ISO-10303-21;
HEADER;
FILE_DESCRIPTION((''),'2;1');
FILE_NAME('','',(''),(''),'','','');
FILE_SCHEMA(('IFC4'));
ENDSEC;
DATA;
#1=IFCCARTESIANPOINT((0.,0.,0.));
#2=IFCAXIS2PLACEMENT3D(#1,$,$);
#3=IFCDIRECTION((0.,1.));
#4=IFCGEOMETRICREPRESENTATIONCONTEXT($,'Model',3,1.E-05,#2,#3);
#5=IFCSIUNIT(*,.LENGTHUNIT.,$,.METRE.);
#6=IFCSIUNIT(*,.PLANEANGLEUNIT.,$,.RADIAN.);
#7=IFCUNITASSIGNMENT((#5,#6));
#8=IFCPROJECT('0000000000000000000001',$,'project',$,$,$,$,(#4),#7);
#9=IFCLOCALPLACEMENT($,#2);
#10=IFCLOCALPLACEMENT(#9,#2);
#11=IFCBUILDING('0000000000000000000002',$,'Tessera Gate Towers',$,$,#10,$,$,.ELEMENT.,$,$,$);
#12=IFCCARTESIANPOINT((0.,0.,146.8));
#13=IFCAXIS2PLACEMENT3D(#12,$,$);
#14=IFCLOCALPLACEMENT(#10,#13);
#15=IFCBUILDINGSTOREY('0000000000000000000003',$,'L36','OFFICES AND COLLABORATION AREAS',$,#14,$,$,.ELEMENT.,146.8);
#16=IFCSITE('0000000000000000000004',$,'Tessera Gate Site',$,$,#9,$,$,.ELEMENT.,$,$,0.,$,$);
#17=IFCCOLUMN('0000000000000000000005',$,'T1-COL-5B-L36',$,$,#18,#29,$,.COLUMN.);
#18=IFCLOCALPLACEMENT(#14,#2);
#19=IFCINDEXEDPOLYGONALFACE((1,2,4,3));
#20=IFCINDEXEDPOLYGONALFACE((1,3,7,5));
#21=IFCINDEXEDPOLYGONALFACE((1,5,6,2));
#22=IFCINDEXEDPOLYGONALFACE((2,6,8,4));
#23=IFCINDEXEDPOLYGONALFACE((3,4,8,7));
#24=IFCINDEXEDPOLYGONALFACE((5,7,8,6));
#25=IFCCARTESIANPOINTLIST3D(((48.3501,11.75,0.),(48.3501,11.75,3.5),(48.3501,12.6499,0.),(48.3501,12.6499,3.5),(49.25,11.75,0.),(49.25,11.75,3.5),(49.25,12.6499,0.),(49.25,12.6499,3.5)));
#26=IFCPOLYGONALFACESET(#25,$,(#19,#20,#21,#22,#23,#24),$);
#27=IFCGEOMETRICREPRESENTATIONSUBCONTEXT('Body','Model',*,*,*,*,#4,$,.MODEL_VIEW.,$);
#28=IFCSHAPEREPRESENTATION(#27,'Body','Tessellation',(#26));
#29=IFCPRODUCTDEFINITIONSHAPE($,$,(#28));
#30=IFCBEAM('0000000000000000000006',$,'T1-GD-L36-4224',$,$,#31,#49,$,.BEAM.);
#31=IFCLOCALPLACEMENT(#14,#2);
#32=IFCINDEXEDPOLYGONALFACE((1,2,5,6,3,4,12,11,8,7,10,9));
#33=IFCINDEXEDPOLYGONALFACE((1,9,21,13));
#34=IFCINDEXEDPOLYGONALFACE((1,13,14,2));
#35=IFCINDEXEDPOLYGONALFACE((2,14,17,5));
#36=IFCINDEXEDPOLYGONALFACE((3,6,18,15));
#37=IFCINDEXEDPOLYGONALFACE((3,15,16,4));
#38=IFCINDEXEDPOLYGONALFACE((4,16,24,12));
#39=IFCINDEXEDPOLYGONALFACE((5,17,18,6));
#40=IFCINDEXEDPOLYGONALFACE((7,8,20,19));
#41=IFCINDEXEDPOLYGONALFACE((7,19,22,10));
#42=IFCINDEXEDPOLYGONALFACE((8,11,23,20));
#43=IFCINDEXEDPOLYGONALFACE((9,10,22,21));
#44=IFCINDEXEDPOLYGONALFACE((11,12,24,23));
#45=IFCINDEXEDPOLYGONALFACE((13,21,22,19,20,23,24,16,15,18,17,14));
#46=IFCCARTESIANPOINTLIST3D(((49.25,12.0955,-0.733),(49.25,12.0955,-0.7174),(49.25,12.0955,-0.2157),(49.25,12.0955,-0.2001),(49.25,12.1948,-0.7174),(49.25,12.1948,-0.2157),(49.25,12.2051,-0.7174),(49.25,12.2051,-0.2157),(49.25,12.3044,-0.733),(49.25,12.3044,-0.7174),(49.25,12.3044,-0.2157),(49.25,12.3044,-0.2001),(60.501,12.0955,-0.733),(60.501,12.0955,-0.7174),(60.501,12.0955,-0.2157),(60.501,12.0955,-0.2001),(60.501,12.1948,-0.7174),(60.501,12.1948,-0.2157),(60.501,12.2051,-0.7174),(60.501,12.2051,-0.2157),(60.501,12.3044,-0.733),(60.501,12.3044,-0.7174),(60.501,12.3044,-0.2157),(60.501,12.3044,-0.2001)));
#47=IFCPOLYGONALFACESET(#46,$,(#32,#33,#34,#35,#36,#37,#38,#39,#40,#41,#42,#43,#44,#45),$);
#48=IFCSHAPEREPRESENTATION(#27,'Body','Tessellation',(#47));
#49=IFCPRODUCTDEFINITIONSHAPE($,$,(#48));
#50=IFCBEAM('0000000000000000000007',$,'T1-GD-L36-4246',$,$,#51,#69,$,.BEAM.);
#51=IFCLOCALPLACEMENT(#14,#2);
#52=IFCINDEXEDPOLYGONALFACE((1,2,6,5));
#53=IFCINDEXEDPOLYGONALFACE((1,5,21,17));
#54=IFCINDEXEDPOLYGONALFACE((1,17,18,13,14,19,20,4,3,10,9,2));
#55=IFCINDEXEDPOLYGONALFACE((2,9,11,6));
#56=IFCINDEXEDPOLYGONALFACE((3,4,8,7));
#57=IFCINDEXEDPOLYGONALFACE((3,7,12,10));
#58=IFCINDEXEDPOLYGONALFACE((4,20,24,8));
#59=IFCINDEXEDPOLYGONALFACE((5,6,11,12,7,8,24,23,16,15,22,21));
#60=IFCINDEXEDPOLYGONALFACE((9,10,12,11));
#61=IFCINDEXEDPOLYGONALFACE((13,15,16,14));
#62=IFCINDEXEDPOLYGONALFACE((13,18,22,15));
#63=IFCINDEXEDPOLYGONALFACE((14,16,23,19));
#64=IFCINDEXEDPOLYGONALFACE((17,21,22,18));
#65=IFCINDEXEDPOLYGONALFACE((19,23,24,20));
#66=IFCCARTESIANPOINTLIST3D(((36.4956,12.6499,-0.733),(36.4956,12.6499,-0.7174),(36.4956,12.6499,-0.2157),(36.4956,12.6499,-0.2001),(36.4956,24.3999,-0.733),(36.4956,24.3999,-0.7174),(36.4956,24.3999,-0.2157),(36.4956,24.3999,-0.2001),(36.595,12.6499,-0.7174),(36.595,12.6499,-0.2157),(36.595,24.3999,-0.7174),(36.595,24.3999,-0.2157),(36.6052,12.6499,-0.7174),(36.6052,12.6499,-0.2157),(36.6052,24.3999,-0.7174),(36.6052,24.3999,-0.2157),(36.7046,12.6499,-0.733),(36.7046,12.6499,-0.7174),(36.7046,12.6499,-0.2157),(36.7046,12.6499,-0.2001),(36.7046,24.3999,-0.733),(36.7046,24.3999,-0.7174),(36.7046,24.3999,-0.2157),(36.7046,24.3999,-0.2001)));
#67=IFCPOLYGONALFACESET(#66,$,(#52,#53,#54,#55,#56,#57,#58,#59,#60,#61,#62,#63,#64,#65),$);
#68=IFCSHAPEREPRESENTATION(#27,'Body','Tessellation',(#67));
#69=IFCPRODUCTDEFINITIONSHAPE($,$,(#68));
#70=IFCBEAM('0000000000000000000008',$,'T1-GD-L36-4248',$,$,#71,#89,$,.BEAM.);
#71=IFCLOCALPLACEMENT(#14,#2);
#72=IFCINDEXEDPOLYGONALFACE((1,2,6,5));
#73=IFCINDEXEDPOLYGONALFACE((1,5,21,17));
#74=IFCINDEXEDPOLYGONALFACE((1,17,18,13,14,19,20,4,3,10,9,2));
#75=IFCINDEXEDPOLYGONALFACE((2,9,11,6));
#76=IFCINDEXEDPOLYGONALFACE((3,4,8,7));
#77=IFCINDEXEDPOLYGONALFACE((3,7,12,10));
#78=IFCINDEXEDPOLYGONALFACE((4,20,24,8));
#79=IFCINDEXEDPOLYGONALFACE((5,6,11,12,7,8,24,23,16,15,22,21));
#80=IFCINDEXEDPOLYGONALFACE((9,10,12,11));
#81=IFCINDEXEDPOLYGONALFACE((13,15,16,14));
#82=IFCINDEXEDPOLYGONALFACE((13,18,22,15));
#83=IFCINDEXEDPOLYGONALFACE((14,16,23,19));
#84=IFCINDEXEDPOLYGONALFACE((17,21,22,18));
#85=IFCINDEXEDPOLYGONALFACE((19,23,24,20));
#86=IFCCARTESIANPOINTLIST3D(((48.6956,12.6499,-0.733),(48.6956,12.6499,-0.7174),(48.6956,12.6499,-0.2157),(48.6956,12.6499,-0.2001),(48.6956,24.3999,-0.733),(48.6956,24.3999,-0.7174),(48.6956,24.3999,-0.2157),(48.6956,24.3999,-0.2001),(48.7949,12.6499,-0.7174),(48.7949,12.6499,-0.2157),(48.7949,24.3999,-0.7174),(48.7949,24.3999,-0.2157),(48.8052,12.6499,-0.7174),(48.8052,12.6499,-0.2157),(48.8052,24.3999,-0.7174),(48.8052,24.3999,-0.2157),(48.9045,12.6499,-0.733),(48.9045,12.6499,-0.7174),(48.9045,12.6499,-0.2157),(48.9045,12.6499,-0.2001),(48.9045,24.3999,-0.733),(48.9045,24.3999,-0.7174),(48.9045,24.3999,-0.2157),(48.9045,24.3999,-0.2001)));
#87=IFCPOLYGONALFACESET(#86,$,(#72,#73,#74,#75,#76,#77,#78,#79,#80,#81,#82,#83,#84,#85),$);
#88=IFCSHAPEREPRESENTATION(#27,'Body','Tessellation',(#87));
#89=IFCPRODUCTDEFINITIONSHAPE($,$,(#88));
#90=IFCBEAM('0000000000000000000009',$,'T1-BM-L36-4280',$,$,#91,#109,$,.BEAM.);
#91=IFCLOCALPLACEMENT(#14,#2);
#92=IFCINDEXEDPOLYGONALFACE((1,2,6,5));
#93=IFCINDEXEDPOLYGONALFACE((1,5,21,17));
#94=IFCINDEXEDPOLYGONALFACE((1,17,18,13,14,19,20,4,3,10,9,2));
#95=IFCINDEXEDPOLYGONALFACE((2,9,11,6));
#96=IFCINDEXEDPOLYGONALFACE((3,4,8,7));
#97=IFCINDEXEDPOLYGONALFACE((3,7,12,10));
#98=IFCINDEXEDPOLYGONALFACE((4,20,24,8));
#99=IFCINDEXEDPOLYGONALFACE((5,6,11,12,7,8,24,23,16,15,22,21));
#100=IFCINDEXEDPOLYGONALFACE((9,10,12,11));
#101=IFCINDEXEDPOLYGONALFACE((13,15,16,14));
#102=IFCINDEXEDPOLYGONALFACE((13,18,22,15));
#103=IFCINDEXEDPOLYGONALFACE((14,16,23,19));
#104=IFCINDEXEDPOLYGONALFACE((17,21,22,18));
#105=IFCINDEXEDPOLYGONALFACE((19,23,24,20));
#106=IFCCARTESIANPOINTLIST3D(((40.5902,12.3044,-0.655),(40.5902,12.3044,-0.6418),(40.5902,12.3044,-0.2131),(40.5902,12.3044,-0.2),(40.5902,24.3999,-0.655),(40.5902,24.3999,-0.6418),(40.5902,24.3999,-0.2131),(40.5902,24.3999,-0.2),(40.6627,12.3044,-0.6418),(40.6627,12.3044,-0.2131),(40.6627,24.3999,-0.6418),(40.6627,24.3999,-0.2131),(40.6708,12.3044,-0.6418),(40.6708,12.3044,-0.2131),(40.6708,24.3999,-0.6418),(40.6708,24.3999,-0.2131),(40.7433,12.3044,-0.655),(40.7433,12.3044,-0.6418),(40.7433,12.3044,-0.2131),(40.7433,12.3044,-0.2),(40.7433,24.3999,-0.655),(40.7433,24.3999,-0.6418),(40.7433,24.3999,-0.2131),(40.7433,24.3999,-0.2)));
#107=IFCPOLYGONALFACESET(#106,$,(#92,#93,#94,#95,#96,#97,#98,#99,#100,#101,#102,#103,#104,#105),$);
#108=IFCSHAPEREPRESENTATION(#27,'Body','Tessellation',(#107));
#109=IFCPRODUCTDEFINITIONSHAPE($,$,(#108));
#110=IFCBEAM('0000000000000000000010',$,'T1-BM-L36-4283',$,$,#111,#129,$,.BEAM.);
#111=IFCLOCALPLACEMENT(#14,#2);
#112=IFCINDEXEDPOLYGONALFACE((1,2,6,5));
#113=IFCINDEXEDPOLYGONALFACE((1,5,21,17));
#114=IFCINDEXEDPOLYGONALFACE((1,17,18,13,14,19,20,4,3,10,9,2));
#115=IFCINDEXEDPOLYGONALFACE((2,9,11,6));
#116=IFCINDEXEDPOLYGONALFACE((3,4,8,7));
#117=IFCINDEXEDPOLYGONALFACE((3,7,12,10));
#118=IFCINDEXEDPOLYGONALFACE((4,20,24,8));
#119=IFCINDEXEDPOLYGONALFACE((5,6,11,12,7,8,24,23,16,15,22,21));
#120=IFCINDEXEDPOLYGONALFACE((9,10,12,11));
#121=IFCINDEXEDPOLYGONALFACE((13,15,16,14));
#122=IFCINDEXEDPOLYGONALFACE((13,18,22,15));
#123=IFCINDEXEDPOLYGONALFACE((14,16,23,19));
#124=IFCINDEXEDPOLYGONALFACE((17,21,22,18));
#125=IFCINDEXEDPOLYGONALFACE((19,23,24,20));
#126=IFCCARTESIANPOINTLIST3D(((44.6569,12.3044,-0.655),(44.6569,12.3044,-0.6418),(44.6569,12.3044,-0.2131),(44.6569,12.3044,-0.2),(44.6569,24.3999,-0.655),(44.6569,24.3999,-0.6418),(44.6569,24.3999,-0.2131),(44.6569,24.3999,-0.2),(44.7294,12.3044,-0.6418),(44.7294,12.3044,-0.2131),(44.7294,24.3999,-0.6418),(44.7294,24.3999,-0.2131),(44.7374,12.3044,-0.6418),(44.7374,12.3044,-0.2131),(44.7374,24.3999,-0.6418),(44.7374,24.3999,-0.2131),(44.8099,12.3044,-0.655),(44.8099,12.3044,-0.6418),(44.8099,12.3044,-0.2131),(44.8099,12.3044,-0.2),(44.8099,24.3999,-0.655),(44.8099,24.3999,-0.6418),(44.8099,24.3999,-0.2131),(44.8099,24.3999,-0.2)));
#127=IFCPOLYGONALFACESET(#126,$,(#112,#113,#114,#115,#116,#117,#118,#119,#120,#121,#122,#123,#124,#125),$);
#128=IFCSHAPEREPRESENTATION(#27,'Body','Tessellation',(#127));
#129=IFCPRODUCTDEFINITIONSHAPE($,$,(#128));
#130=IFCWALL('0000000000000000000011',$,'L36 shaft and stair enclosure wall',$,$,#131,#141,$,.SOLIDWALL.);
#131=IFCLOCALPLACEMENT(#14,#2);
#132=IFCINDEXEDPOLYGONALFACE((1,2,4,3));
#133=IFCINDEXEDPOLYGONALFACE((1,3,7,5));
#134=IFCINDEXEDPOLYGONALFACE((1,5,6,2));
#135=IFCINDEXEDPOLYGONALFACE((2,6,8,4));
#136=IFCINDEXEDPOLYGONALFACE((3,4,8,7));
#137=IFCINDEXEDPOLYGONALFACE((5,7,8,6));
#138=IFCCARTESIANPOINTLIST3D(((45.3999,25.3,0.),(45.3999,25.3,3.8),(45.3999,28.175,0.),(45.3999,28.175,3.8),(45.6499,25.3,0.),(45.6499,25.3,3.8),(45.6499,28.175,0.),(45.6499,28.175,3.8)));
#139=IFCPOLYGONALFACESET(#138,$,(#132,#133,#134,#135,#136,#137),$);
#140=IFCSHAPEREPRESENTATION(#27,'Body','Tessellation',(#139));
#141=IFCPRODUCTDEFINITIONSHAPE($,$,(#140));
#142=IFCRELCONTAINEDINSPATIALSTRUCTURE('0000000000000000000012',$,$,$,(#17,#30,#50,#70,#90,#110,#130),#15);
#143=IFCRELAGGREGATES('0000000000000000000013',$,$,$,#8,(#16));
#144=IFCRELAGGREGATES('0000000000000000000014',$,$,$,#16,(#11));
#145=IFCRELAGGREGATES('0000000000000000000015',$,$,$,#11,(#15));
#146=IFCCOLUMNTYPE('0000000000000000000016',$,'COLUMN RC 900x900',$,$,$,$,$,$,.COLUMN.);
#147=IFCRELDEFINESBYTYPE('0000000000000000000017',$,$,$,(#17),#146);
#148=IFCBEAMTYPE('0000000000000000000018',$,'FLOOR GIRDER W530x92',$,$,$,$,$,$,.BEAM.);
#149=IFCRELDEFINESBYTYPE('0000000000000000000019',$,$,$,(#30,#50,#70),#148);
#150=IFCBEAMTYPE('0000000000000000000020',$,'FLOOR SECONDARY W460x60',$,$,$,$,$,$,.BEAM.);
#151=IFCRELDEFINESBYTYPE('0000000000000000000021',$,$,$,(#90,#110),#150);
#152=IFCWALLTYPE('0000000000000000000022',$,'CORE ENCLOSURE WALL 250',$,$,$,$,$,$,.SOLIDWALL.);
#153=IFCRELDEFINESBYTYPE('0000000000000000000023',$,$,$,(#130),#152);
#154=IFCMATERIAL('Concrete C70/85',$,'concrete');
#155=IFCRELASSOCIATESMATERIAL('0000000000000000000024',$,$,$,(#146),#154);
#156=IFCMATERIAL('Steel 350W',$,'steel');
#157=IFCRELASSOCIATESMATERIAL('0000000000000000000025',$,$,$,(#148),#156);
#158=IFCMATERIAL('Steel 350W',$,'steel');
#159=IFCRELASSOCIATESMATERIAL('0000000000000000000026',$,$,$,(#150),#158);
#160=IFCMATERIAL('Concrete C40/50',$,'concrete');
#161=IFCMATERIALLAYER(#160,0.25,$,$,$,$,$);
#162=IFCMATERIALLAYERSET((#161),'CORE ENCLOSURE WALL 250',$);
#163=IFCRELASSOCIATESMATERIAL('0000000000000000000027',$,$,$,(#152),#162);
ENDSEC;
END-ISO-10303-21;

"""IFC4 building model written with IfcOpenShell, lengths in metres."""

from ifc_helpers import new_model, si_unit, direction, frame, frame_2d, origin, origin_2d, place, context, subcontext, project, spatial, rectangle, i_section, extrude, material, layer, layer_set, material_profile, profile_set, type_object, element, save


model = new_model("IFC4")

# Units and contexts
model_context = context("Model", 3, precision=1e-05, world=origin(), true_north=direction((0.0, 1.0)))
body_context = subcontext(model_context, "Body", "Model", "MODEL_VIEW")
ifc_project = project(units=[si_unit("LENGTHUNIT", "METRE"), si_unit("PLANEANGLEUNIT", "RADIAN")], contexts=[model_context])

# Site, building, storey
site_placement = place(None, origin())
site = spatial("IfcSite", under=ifc_project, at=site_placement, Name="Tessera Gate Site", CompositionType="ELEMENT", RefElevation=0.0)
building_placement = place(site_placement, origin())
building = spatial("IfcBuilding", under=site, at=building_placement, Name="Tessera Gate Towers", CompositionType="ELEMENT")
storey_placement = place(building_placement, frame((0.0, 0.0, 146.8)))
storey = spatial("IfcBuildingStorey", under=building, at=storey_placement, Name="L36", Description="OFFICES AND COLLABORATION AREAS", CompositionType="ELEMENT", Elevation=146.8)

# Column
ifc_material_1 = material(Name="Concrete C70/85", Category="concrete")
ifc_material_profile_1 = material_profile(ifc_material_1, rectangle(XDim=0.8999, YDim=0.8999, at=origin_2d()), Name="RC 900x900")
ifc_profile_set_1 = profile_set([ifc_material_profile_1], Name="Concrete C70/85")
column_type = type_object("IfcColumnType", Name="COLUMN RC 900x900", PredefinedType="COLUMN", material=ifc_profile_set_1)
column_placement = place(storey_placement, frame((48.8, 12.2, 0.0), z_axis=(0.0, 0.0, 1.0), x_axis=(1.0, 0.0, 0.0)))
element("IfcColumn", 1, at=column_placement, inside=storey, type_object=column_type, Name="T1-COL-5B-L36", PredefinedType="COLUMN", context=body_context, shape_type="SweptSolid", body=[
    extrude(rectangle(XDim=0.8999, YDim=0.8999, at=origin_2d()), origin(), (0.0, 0.0, 1.0), 3.5),
])

# Beams
ifc_material_2 = material(Name="Steel 350W", Category="steel")
ifc_material_profile_2 = material_profile(ifc_material_2, i_section(OverallWidth=0.209, OverallDepth=0.533, WebThickness=0.0103, FlangeThickness=0.0156, at=origin_2d()), Name="W530x92")
ifc_profile_set_2 = profile_set([ifc_material_profile_2], Name="Steel 350W")
beam_type_1 = type_object("IfcBeamType", Name="FLOOR GIRDER W530x92", PredefinedType="BEAM", material=ifc_profile_set_2)
beam_placement = place(storey_placement, frame((49.25, 12.2, -0.4666), z_axis=(1.0, 0.0, 0.0), x_axis=(0.0, 1.0, 0.0)))
element("IfcBeam", 2, at=beam_placement, inside=storey, type_object=beam_type_1, Name="T1-GD-L36-4224", PredefinedType="BEAM", context=body_context, shape_type="SweptSolid", body=[
    extrude(i_section(OverallWidth=0.209, OverallDepth=0.533, WebThickness=0.0103, FlangeThickness=0.0156, at=origin_2d()), origin(), (0.0, 0.0, 1.0), 11.251),
])
for number, where, z_axis, x_axis, name in (
    (3, (36.6001, 12.6499, -0.4666), (0.0, 1.0, 0.0), (-1.0, 0.0, 0.0), "T1-GD-L36-4246"),
    (4, (48.8, 12.6499, -0.4666), (0.0, 1.0, 0.0), (-1.0, 0.0, 0.0), "T1-GD-L36-4248"),
):
    element("IfcBeam", number, at=place(storey_placement, frame(where, z_axis=z_axis, x_axis=x_axis)), inside=storey, type_object=beam_type_1, Name=name, PredefinedType="BEAM", context=body_context, shape_type="SweptSolid", body=[
        extrude(i_section(OverallWidth=0.209, OverallDepth=0.533, WebThickness=0.0103, FlangeThickness=0.0156, at=origin_2d()), origin(), (0.0, 0.0, 1.0), 11.75),
    ])
ifc_material_3 = material(Name="Steel 350W", Category="steel")
ifc_material_profile_3 = material_profile(ifc_material_3, i_section(OverallWidth=0.1531, OverallDepth=0.4551, WebThickness=0.0081, FlangeThickness=0.0132, at=origin_2d()), Name="W460x60")
ifc_profile_set_3 = profile_set([ifc_material_profile_3], Name="Steel 350W")
beam_type_2 = type_object("IfcBeamType", Name="FLOOR SECONDARY W460x60", PredefinedType="BEAM", material=ifc_profile_set_3)
for number, where, z_axis, x_axis, name in (
    (5, (40.6667, 12.3044, -0.4275), (0.0, 1.0, 0.0), (-1.0, 0.0, 0.0), "T1-BM-L36-4280"),
    (6, (44.7334, 12.3044, -0.4275), (0.0, 1.0, 0.0), (-1.0, 0.0, 0.0), "T1-BM-L36-4283"),
):
    element("IfcBeam", number, at=place(storey_placement, frame(where, z_axis=z_axis, x_axis=x_axis)), inside=storey, type_object=beam_type_2, Name=name, PredefinedType="BEAM", context=body_context, shape_type="SweptSolid", body=[
        extrude(i_section(OverallWidth=0.1531, OverallDepth=0.4551, WebThickness=0.0081, FlangeThickness=0.0132, at=origin_2d()), origin(), (0.0, 0.0, 1.0), 12.0955),
    ])

# Wall
ifc_material_4 = material(Name="Concrete C40/50", Category="concrete")
ifc_layer_1 = layer(ifc_material_4, 0.25)
ifc_layer_set_1 = layer_set([ifc_layer_1], Name="CORE ENCLOSURE WALL 250")
wall_type_1 = type_object("IfcWallType", Name="CORE ENCLOSURE WALL 250", PredefinedType="SOLIDWALL", material=ifc_layer_set_1)
wall_1_placement = place(storey_placement, frame((45.5249, 25.3, 0.0), z_axis=(0.0, 0.0, 1.0), x_axis=(0.0, 1.0, 0.0)))
element("IfcWall", 7, at=wall_1_placement, inside=storey, type_object=wall_type_1, Name="L36 shaft and stair enclosure wall", PredefinedType="SOLIDWALL", context=body_context, shape_type="SweptSolid", body=[
    extrude(rectangle(XDim=2.875, YDim=0.25, at=frame_2d((1.4375, 0.0))), origin(), (0.0, 0.0, 1.0), 3.8),
])

save(model, "model.ifc")
